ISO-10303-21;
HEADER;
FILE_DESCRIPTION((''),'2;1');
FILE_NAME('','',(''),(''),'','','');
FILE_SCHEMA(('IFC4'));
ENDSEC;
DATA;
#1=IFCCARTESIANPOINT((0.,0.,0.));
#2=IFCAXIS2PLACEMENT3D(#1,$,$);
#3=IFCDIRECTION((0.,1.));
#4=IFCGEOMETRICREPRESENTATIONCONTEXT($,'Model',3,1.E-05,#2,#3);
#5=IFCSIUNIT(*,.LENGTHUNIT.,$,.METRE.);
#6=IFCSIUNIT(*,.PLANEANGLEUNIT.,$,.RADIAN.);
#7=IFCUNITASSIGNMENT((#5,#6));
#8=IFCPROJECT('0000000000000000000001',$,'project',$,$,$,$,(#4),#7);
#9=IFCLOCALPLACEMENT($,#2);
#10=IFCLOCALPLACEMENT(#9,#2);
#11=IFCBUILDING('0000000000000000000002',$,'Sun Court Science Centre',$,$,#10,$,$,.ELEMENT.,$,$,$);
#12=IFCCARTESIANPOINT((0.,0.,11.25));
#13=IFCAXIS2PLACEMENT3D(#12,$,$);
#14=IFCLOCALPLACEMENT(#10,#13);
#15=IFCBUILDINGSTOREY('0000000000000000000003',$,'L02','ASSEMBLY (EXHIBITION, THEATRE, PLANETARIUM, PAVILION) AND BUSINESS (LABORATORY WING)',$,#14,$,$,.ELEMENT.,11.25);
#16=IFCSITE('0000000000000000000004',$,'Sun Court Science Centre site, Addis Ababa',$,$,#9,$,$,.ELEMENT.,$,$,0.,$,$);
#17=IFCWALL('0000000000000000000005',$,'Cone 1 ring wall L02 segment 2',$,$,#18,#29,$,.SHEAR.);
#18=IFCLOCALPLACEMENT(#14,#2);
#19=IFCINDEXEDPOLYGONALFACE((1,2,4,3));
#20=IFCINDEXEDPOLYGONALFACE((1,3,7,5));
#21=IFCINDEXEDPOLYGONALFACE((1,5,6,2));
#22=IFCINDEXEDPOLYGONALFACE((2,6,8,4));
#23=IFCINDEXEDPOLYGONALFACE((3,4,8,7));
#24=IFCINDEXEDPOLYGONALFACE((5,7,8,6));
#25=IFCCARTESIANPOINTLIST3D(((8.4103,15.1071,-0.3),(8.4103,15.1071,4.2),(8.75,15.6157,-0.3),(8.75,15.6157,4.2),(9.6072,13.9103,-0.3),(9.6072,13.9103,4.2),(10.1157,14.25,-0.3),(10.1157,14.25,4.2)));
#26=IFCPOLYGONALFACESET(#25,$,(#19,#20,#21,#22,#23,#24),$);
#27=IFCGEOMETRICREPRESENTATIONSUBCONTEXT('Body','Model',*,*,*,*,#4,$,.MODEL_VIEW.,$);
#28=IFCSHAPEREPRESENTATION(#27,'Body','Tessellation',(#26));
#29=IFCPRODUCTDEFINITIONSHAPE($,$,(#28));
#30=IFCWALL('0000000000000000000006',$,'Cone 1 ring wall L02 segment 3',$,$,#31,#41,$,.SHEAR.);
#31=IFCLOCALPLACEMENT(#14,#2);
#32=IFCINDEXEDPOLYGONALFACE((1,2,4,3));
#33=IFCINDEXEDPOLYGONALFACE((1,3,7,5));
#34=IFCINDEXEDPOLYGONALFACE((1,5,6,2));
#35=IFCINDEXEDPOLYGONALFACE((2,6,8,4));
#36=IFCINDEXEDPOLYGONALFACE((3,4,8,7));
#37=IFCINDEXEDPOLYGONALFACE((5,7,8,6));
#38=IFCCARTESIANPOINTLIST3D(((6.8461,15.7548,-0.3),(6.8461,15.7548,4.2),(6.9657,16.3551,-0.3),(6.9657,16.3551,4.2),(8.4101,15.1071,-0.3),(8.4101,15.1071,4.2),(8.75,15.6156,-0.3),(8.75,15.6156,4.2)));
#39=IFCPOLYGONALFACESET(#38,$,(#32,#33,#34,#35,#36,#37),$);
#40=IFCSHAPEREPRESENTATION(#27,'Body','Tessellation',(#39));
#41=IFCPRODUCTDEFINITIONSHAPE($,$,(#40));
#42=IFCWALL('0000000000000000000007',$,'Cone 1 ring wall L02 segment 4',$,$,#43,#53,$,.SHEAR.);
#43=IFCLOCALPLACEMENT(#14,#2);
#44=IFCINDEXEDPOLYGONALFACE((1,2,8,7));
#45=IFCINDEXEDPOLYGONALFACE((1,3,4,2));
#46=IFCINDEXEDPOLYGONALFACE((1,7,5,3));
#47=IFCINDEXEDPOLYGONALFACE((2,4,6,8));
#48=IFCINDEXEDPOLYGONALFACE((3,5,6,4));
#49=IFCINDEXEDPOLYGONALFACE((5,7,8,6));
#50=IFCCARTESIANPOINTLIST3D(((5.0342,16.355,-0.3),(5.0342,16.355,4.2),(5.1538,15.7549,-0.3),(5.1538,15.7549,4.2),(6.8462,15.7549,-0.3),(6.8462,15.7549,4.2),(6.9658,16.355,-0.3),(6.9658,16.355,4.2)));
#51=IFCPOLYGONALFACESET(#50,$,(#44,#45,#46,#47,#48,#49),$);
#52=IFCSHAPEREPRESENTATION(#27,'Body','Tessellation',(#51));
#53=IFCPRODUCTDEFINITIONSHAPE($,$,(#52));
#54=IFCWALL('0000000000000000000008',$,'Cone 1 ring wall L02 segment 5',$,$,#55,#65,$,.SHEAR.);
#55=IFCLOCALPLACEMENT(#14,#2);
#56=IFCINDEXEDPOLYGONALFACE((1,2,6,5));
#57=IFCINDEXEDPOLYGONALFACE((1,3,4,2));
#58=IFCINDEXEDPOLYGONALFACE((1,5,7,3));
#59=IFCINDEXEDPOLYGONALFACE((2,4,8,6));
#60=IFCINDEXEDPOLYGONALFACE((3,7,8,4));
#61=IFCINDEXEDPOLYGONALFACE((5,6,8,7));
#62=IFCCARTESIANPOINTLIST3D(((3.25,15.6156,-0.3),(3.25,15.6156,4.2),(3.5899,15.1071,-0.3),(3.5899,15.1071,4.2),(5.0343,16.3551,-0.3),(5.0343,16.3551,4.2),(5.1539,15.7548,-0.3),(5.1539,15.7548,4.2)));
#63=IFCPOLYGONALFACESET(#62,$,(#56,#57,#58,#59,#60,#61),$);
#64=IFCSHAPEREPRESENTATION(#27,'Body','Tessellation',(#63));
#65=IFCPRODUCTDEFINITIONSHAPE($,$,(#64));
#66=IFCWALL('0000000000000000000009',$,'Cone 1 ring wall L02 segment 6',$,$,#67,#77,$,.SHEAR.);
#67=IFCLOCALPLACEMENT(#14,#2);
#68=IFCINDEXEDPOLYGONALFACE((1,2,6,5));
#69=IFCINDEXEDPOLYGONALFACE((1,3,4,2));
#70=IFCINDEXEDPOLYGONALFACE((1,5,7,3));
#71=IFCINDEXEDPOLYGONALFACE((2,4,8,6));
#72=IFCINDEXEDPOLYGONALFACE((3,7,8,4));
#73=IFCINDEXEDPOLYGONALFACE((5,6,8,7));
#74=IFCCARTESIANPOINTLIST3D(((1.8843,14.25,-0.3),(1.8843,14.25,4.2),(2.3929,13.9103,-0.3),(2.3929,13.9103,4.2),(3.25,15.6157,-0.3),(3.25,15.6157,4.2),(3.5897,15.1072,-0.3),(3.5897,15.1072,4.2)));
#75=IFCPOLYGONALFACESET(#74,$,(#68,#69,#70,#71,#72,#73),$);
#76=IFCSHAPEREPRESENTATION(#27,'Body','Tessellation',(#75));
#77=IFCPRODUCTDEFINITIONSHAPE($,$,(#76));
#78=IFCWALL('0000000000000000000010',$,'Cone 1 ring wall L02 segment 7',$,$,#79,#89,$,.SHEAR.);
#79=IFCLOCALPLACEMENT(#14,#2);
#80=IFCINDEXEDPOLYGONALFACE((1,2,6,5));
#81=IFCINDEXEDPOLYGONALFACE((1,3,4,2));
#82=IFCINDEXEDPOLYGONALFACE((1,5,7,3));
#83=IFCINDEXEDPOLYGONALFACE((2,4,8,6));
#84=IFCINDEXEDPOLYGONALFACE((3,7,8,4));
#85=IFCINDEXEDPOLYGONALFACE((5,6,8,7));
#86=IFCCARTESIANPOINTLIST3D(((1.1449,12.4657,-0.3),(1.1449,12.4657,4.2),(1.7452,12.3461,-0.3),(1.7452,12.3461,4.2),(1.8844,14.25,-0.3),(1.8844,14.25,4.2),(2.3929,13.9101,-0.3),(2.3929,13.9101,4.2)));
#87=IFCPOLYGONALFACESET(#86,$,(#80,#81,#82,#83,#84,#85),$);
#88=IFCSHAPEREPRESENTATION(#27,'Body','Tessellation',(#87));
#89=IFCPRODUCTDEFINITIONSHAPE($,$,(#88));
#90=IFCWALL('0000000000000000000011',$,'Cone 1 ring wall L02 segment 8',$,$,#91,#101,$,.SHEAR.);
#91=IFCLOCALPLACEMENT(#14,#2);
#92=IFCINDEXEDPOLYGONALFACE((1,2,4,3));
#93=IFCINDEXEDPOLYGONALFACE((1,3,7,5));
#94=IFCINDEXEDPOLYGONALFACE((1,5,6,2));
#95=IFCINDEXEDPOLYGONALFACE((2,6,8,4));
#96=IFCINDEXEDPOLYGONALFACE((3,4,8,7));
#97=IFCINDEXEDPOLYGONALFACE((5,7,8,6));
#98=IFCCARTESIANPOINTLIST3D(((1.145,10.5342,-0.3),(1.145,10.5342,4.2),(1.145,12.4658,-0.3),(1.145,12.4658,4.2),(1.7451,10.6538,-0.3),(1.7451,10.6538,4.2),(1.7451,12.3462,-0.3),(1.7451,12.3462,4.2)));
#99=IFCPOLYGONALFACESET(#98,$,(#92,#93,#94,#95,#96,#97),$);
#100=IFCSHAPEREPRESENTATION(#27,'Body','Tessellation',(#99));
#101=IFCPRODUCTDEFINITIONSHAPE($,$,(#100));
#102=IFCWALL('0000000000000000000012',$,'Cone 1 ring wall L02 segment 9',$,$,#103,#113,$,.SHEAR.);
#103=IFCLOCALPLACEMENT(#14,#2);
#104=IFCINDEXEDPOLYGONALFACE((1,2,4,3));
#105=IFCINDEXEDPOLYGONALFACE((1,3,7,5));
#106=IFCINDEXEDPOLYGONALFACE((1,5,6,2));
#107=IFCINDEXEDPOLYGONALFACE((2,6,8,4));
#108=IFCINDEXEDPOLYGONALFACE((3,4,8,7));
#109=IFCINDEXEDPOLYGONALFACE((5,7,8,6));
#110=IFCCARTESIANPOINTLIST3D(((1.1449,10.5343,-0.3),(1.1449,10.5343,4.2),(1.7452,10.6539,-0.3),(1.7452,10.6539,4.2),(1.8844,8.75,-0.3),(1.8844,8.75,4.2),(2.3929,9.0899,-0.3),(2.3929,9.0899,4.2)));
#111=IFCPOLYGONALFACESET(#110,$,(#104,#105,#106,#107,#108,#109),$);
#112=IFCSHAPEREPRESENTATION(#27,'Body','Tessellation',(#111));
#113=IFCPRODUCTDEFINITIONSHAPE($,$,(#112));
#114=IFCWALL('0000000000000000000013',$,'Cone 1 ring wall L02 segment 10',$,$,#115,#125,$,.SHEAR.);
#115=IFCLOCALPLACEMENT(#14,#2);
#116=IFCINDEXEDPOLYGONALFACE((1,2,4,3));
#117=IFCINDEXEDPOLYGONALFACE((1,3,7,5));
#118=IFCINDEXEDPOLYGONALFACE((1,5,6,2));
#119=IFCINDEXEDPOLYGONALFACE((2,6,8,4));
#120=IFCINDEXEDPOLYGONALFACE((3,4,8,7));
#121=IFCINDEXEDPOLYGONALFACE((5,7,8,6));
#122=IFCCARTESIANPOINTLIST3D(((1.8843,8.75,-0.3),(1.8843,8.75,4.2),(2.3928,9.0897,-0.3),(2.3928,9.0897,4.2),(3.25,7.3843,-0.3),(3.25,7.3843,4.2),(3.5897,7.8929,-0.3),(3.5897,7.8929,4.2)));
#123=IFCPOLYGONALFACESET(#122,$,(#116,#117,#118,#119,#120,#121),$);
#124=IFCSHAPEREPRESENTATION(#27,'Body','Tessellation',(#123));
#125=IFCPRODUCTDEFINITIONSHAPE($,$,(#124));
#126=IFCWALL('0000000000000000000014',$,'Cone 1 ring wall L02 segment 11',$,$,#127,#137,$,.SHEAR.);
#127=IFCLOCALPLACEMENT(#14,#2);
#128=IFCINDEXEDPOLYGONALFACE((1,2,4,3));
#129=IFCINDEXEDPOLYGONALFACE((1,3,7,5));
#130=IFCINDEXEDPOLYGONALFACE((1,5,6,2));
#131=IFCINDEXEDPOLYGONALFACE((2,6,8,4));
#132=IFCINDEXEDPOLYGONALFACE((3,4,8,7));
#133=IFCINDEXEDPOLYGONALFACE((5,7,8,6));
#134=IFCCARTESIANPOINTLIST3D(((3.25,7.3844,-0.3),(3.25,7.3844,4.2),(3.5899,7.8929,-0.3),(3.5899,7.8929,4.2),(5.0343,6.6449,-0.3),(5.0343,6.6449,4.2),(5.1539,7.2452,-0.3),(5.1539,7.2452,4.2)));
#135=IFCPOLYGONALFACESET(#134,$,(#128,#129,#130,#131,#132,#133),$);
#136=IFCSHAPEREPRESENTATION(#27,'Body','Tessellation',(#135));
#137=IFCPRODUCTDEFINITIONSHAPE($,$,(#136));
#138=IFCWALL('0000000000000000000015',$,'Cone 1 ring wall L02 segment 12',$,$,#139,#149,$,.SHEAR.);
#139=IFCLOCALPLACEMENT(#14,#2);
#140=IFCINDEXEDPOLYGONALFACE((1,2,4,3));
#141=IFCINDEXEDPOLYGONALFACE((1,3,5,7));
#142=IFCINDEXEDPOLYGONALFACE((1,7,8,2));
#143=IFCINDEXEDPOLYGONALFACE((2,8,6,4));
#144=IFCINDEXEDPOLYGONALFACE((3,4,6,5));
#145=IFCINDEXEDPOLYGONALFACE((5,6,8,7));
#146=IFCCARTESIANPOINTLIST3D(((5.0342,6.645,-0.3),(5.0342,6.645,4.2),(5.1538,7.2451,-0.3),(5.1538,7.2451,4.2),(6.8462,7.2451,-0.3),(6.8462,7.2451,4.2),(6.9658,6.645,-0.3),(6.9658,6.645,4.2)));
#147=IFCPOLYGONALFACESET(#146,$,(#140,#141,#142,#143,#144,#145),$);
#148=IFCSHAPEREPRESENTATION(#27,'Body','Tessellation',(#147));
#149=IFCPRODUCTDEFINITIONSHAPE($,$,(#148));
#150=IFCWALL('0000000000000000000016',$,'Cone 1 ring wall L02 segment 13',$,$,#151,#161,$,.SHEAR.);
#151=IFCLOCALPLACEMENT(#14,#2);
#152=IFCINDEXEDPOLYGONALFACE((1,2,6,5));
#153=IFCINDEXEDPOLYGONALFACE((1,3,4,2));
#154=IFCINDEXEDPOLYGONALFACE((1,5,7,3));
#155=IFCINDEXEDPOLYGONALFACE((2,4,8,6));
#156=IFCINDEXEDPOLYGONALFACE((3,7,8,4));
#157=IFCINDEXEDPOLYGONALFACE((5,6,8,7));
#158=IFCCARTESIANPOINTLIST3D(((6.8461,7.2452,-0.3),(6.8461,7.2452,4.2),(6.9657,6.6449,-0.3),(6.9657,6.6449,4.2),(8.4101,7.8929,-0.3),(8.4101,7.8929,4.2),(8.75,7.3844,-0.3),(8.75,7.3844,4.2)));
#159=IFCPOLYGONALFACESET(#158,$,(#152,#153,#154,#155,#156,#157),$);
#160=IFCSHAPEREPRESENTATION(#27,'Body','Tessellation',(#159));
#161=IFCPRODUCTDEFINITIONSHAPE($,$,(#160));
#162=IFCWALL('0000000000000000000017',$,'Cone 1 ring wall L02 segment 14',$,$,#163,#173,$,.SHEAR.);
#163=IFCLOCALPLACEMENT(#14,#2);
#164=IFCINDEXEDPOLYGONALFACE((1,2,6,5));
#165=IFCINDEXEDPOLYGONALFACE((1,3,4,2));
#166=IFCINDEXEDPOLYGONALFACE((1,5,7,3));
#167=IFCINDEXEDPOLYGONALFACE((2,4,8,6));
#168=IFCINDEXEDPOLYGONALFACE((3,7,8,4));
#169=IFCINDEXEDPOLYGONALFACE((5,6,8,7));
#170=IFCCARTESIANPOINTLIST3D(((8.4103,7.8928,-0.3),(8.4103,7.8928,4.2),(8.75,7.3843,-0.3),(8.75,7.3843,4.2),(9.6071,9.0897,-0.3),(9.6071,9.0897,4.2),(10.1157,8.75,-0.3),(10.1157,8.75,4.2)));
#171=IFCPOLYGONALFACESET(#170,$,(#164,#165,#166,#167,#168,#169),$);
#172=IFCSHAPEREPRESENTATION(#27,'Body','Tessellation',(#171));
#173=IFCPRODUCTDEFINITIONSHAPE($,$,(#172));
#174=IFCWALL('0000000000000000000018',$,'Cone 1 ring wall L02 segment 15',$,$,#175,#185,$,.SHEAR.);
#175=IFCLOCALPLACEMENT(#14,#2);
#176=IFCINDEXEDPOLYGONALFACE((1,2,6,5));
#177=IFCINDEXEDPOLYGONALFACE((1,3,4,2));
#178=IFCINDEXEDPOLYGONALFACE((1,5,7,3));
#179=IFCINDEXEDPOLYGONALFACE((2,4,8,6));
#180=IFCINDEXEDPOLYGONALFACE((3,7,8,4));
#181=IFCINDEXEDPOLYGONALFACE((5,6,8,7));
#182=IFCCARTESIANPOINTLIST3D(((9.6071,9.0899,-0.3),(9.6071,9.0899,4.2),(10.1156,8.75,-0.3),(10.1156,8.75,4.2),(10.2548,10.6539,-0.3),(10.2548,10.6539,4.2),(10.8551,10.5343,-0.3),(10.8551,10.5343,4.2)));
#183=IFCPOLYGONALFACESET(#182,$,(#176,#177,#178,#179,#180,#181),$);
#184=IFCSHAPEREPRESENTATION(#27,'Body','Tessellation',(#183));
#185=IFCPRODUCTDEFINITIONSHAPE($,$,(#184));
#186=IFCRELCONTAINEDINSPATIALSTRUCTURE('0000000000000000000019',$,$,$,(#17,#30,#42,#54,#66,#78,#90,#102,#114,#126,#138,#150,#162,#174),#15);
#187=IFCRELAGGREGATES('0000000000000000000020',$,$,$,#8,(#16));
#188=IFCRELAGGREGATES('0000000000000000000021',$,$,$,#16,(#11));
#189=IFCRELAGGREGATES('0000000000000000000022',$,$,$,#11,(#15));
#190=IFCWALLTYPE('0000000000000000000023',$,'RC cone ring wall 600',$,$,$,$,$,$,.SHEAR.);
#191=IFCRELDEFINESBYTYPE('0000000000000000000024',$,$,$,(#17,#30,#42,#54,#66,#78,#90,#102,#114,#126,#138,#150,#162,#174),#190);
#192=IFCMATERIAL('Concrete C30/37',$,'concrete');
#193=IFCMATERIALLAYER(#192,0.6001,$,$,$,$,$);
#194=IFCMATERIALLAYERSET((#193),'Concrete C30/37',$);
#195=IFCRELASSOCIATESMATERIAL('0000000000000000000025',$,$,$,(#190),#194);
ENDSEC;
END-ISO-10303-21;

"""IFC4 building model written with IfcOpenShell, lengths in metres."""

from ifc_helpers import new_model, si_unit, direction, frame, origin, place, context, subcontext, project, spatial, polyline, outline, extrude, material, layer, layer_set, type_object, element, save


model = new_model("IFC4")

# Units and contexts
model_context = context("Model", 3, precision=1e-05, world=origin(), true_north=direction((0.0, 1.0)))
body_context = subcontext(model_context, "Body", "Model", "MODEL_VIEW")
ifc_project = project(units=[si_unit("LENGTHUNIT", "METRE"), si_unit("PLANEANGLEUNIT", "RADIAN")], contexts=[model_context])

# Site, building, storey
site_placement = place(None, origin())
site = spatial("IfcSite", under=ifc_project, at=site_placement, Name="Sun Court Science Centre site, Addis Ababa", CompositionType="ELEMENT", RefElevation=0.0)
building_placement = place(site_placement, origin())
building = spatial("IfcBuilding", under=site, at=building_placement, Name="Sun Court Science Centre", CompositionType="ELEMENT")
storey_placement = place(building_placement, frame((0.0, 0.0, 11.25)))
storey = spatial("IfcBuildingStorey", under=building, at=storey_placement, Name="L02", Description="ASSEMBLY (EXHIBITION, THEATRE, PLANETARIUM, PAVILION) AND BUSINESS (LABORATORY WING)", CompositionType="ELEMENT", Elevation=11.25)

# Walls
ifc_material_1 = material(Name="Concrete C30/37", Category="concrete")
ifc_layer_1 = layer(ifc_material_1, 0.6001)
ifc_layer_set_1 = layer_set([ifc_layer_1], Name="Concrete C30/37")
wall_type_1 = type_object("IfcWallType", Name="RC cone ring wall 600", PredefinedType="SHEAR", material=ifc_layer_set_1)
wall_1_placement = place(storey_placement, frame((9.9036, 14.0378, -0.3), z_axis=(0.0, 0.0, 1.0), x_axis=(-0.707107, 0.707107, 0.0)))
element("IfcWall", 1, at=wall_1_placement, inside=storey, type_object=wall_type_1, Name="Cone 1 ring wall L02 segment 2", PredefinedType="SHEAR", context=body_context, shape_type="SweptSolid", body=[
    extrude(outline(polyline([(0.0, -0.3), (1.9314, -0.3), (1.812, 0.2998), (0.1194, 0.2998), (0.0, -0.3)])), origin(), (0.0, 0.0, 1.0), 4.5),
])
wall_2_placement = place(storey_placement, frame((8.6353, 15.3386, -0.3), z_axis=(0.0, 0.0, 1.0), x_axis=(-0.923901, 0.382631, 0.0)))
element("IfcWall", 2, at=wall_2_placement, inside=storey, type_object=wall_type_1, Name="Cone 1 ring wall L02 segment 3", PredefinedType="SHEAR", context=body_context, shape_type="SweptSolid", body=[
    extrude(outline(polyline([(0.0, -0.2998), (1.9314, -0.3003), (1.8123, 0.3), (0.1194, 0.3), (0.0, -0.2998)])), origin(), (0.0, 0.0, 1.0), 4.5),
])
wall_3_placement = place(storey_placement, frame((6.9656, 16.0549, -0.3), z_axis=(0.0, 0.0, 1.0), x_axis=(-1.0, 0.0, 0.0)))
element("IfcWall", 3, at=wall_3_placement, inside=storey, type_object=wall_type_1, Name="Cone 1 ring wall L02 segment 4", PredefinedType="SHEAR", context=body_context, shape_type="SweptSolid", body=[
    extrude(outline(polyline([(-0.0002, -0.3), (1.9314, -0.3), (1.8118, 0.3), (0.1194, 0.3), (-0.0002, -0.3)])), origin(), (0.0, 0.0, 1.0), 4.5),
])
wall_4_placement = place(storey_placement, frame((5.1492, 16.0776, -0.3), z_axis=(0.0, 0.0, 1.0), x_axis=(-0.923901, -0.382631, 0.0)))
element("IfcWall", 4, at=wall_4_placement, inside=storey, type_object=wall_type_1, Name="Cone 1 ring wall L02 segment 5", PredefinedType="SHEAR", context=body_context, shape_type="SweptSolid", body=[
    extrude(outline(polyline([(0.0, -0.3003), (1.9314, -0.2998), (1.812, 0.3), (0.1191, 0.3), (0.0, -0.3003)])), origin(), (0.0, 0.0, 1.0), 4.5),
])
wall_5_placement = place(storey_placement, frame((3.4622, 15.4036, -0.3), z_axis=(0.0, 0.0, 1.0), x_axis=(-0.707107, -0.707107, 0.0)))
element("IfcWall", 5, at=wall_5_placement, inside=storey, type_object=wall_type_1, Name="Cone 1 ring wall L02 segment 6", PredefinedType="SHEAR", context=body_context, shape_type="SweptSolid", body=[
    extrude(outline(polyline([(0.0, -0.3), (1.9314, -0.3), (1.812, 0.2998), (0.1194, 0.2998), (0.0, -0.3)])), origin(), (0.0, 0.0, 1.0), 4.5),
])
wall_6_placement = place(storey_placement, frame((2.1614, 14.1353, -0.3), z_axis=(0.0, 0.0, 1.0), x_axis=(-0.382631, -0.923901, 0.0)))
element("IfcWall", 6, at=wall_6_placement, inside=storey, type_object=wall_type_1, Name="Cone 1 ring wall L02 segment 7", PredefinedType="SHEAR", context=body_context, shape_type="SweptSolid", body=[
    extrude(outline(polyline([(0.0, -0.2998), (1.9314, -0.3003), (1.8123, 0.3), (0.1194, 0.3), (0.0, -0.2998)])), origin(), (0.0, 0.0, 1.0), 4.5),
])
wall_7_placement = place(storey_placement, frame((1.4451, 12.4656, -0.3), z_axis=(0.0, 0.0, 1.0), x_axis=(0.0, -1.0, 0.0)))
element("IfcWall", 7, at=wall_7_placement, inside=storey, type_object=wall_type_1, Name="Cone 1 ring wall L02 segment 8", PredefinedType="SHEAR", context=body_context, shape_type="SweptSolid", body=[
    extrude(outline(polyline([(-0.0002, -0.3), (1.9314, -0.3), (1.8118, 0.3), (0.1194, 0.3), (-0.0002, -0.3)])), origin(), (0.0, 0.0, 1.0), 4.5),
])
wall_8_placement = place(storey_placement, frame((1.4224, 10.6492, -0.3), z_axis=(0.0, 0.0, 1.0), x_axis=(0.382631, -0.923901, 0.0)))
element("IfcWall", 8, at=wall_8_placement, inside=storey, type_object=wall_type_1, Name="Cone 1 ring wall L02 segment 9", PredefinedType="SHEAR", context=body_context, shape_type="SweptSolid", body=[
    extrude(outline(polyline([(0.0, -0.3003), (1.9314, -0.2998), (1.812, 0.3), (0.1191, 0.3), (0.0, -0.3003)])), origin(), (0.0, 0.0, 1.0), 4.5),
])
wall_9_placement = place(storey_placement, frame((2.0964, 8.9622, -0.3), z_axis=(0.0, 0.0, 1.0), x_axis=(0.707107, -0.707107, 0.0)))
element("IfcWall", 9, at=wall_9_placement, inside=storey, type_object=wall_type_1, Name="Cone 1 ring wall L02 segment 10", PredefinedType="SHEAR", context=body_context, shape_type="SweptSolid", body=[
    extrude(outline(polyline([(0.0, -0.3), (1.9314, -0.3), (1.812, 0.2998), (0.1194, 0.2998), (0.0, -0.3)])), origin(), (0.0, 0.0, 1.0), 4.5),
])
wall_10_placement = place(storey_placement, frame((3.3647, 7.6614, -0.3), z_axis=(0.0, 0.0, 1.0), x_axis=(0.923901, -0.382631, 0.0)))
element("IfcWall", 10, at=wall_10_placement, inside=storey, type_object=wall_type_1, Name="Cone 1 ring wall L02 segment 11", PredefinedType="SHEAR", context=body_context, shape_type="SweptSolid", body=[
    extrude(outline(polyline([(0.0, -0.2998), (1.9314, -0.3003), (1.8123, 0.3), (0.1194, 0.3), (0.0, -0.2998)])), origin(), (0.0, 0.0, 1.0), 4.5),
])
wall_11_placement = place(storey_placement, frame((5.0344, 6.9451, -0.3), z_axis=(0.0, 0.0, 1.0), x_axis=(1.0, 0.0, 0.0)))
element("IfcWall", 11, at=wall_11_placement, inside=storey, type_object=wall_type_1, Name="Cone 1 ring wall L02 segment 12", PredefinedType="SHEAR", context=body_context, shape_type="SweptSolid", body=[
    extrude(outline(polyline([(-0.0002, -0.3), (1.9314, -0.3), (1.8118, 0.3), (0.1194, 0.3), (-0.0002, -0.3)])), origin(), (0.0, 0.0, 1.0), 4.5),
])
wall_12_placement = place(storey_placement, frame((6.8508, 6.9224, -0.3), z_axis=(0.0, 0.0, 1.0), x_axis=(0.923901, 0.382631, 0.0)))
element("IfcWall", 12, at=wall_12_placement, inside=storey, type_object=wall_type_1, Name="Cone 1 ring wall L02 segment 13", PredefinedType="SHEAR", context=body_context, shape_type="SweptSolid", body=[
    extrude(outline(polyline([(0.0, -0.3003), (1.9314, -0.2998), (1.812, 0.3), (0.1191, 0.3), (0.0, -0.3003)])), origin(), (0.0, 0.0, 1.0), 4.5),
])
wall_13_placement = place(storey_placement, frame((8.5378, 7.5964, -0.3), z_axis=(0.0, 0.0, 1.0), x_axis=(0.707107, 0.707107, 0.0)))
element("IfcWall", 13, at=wall_13_placement, inside=storey, type_object=wall_type_1, Name="Cone 1 ring wall L02 segment 14", PredefinedType="SHEAR", context=body_context, shape_type="SweptSolid", body=[
    extrude(outline(polyline([(0.0, -0.3), (1.9314, -0.3), (1.812, 0.2998), (0.1194, 0.2998), (0.0, -0.3)])), origin(), (0.0, 0.0, 1.0), 4.5),
])
wall_14_placement = place(storey_placement, frame((9.8386, 8.8647, -0.3), z_axis=(0.0, 0.0, 1.0), x_axis=(0.382631, 0.923901, 0.0)))
element("IfcWall", 14, at=wall_14_placement, inside=storey, type_object=wall_type_1, Name="Cone 1 ring wall L02 segment 15", PredefinedType="SHEAR", context=body_context, shape_type="SweptSolid", body=[
    extrude(outline(polyline([(0.0, -0.2998), (1.9314, -0.3003), (1.8123, 0.3), (0.1194, 0.3), (0.0, -0.2998)])), origin(), (0.0, 0.0, 1.0), 4.5),
])

save(model, "model.ifc")
